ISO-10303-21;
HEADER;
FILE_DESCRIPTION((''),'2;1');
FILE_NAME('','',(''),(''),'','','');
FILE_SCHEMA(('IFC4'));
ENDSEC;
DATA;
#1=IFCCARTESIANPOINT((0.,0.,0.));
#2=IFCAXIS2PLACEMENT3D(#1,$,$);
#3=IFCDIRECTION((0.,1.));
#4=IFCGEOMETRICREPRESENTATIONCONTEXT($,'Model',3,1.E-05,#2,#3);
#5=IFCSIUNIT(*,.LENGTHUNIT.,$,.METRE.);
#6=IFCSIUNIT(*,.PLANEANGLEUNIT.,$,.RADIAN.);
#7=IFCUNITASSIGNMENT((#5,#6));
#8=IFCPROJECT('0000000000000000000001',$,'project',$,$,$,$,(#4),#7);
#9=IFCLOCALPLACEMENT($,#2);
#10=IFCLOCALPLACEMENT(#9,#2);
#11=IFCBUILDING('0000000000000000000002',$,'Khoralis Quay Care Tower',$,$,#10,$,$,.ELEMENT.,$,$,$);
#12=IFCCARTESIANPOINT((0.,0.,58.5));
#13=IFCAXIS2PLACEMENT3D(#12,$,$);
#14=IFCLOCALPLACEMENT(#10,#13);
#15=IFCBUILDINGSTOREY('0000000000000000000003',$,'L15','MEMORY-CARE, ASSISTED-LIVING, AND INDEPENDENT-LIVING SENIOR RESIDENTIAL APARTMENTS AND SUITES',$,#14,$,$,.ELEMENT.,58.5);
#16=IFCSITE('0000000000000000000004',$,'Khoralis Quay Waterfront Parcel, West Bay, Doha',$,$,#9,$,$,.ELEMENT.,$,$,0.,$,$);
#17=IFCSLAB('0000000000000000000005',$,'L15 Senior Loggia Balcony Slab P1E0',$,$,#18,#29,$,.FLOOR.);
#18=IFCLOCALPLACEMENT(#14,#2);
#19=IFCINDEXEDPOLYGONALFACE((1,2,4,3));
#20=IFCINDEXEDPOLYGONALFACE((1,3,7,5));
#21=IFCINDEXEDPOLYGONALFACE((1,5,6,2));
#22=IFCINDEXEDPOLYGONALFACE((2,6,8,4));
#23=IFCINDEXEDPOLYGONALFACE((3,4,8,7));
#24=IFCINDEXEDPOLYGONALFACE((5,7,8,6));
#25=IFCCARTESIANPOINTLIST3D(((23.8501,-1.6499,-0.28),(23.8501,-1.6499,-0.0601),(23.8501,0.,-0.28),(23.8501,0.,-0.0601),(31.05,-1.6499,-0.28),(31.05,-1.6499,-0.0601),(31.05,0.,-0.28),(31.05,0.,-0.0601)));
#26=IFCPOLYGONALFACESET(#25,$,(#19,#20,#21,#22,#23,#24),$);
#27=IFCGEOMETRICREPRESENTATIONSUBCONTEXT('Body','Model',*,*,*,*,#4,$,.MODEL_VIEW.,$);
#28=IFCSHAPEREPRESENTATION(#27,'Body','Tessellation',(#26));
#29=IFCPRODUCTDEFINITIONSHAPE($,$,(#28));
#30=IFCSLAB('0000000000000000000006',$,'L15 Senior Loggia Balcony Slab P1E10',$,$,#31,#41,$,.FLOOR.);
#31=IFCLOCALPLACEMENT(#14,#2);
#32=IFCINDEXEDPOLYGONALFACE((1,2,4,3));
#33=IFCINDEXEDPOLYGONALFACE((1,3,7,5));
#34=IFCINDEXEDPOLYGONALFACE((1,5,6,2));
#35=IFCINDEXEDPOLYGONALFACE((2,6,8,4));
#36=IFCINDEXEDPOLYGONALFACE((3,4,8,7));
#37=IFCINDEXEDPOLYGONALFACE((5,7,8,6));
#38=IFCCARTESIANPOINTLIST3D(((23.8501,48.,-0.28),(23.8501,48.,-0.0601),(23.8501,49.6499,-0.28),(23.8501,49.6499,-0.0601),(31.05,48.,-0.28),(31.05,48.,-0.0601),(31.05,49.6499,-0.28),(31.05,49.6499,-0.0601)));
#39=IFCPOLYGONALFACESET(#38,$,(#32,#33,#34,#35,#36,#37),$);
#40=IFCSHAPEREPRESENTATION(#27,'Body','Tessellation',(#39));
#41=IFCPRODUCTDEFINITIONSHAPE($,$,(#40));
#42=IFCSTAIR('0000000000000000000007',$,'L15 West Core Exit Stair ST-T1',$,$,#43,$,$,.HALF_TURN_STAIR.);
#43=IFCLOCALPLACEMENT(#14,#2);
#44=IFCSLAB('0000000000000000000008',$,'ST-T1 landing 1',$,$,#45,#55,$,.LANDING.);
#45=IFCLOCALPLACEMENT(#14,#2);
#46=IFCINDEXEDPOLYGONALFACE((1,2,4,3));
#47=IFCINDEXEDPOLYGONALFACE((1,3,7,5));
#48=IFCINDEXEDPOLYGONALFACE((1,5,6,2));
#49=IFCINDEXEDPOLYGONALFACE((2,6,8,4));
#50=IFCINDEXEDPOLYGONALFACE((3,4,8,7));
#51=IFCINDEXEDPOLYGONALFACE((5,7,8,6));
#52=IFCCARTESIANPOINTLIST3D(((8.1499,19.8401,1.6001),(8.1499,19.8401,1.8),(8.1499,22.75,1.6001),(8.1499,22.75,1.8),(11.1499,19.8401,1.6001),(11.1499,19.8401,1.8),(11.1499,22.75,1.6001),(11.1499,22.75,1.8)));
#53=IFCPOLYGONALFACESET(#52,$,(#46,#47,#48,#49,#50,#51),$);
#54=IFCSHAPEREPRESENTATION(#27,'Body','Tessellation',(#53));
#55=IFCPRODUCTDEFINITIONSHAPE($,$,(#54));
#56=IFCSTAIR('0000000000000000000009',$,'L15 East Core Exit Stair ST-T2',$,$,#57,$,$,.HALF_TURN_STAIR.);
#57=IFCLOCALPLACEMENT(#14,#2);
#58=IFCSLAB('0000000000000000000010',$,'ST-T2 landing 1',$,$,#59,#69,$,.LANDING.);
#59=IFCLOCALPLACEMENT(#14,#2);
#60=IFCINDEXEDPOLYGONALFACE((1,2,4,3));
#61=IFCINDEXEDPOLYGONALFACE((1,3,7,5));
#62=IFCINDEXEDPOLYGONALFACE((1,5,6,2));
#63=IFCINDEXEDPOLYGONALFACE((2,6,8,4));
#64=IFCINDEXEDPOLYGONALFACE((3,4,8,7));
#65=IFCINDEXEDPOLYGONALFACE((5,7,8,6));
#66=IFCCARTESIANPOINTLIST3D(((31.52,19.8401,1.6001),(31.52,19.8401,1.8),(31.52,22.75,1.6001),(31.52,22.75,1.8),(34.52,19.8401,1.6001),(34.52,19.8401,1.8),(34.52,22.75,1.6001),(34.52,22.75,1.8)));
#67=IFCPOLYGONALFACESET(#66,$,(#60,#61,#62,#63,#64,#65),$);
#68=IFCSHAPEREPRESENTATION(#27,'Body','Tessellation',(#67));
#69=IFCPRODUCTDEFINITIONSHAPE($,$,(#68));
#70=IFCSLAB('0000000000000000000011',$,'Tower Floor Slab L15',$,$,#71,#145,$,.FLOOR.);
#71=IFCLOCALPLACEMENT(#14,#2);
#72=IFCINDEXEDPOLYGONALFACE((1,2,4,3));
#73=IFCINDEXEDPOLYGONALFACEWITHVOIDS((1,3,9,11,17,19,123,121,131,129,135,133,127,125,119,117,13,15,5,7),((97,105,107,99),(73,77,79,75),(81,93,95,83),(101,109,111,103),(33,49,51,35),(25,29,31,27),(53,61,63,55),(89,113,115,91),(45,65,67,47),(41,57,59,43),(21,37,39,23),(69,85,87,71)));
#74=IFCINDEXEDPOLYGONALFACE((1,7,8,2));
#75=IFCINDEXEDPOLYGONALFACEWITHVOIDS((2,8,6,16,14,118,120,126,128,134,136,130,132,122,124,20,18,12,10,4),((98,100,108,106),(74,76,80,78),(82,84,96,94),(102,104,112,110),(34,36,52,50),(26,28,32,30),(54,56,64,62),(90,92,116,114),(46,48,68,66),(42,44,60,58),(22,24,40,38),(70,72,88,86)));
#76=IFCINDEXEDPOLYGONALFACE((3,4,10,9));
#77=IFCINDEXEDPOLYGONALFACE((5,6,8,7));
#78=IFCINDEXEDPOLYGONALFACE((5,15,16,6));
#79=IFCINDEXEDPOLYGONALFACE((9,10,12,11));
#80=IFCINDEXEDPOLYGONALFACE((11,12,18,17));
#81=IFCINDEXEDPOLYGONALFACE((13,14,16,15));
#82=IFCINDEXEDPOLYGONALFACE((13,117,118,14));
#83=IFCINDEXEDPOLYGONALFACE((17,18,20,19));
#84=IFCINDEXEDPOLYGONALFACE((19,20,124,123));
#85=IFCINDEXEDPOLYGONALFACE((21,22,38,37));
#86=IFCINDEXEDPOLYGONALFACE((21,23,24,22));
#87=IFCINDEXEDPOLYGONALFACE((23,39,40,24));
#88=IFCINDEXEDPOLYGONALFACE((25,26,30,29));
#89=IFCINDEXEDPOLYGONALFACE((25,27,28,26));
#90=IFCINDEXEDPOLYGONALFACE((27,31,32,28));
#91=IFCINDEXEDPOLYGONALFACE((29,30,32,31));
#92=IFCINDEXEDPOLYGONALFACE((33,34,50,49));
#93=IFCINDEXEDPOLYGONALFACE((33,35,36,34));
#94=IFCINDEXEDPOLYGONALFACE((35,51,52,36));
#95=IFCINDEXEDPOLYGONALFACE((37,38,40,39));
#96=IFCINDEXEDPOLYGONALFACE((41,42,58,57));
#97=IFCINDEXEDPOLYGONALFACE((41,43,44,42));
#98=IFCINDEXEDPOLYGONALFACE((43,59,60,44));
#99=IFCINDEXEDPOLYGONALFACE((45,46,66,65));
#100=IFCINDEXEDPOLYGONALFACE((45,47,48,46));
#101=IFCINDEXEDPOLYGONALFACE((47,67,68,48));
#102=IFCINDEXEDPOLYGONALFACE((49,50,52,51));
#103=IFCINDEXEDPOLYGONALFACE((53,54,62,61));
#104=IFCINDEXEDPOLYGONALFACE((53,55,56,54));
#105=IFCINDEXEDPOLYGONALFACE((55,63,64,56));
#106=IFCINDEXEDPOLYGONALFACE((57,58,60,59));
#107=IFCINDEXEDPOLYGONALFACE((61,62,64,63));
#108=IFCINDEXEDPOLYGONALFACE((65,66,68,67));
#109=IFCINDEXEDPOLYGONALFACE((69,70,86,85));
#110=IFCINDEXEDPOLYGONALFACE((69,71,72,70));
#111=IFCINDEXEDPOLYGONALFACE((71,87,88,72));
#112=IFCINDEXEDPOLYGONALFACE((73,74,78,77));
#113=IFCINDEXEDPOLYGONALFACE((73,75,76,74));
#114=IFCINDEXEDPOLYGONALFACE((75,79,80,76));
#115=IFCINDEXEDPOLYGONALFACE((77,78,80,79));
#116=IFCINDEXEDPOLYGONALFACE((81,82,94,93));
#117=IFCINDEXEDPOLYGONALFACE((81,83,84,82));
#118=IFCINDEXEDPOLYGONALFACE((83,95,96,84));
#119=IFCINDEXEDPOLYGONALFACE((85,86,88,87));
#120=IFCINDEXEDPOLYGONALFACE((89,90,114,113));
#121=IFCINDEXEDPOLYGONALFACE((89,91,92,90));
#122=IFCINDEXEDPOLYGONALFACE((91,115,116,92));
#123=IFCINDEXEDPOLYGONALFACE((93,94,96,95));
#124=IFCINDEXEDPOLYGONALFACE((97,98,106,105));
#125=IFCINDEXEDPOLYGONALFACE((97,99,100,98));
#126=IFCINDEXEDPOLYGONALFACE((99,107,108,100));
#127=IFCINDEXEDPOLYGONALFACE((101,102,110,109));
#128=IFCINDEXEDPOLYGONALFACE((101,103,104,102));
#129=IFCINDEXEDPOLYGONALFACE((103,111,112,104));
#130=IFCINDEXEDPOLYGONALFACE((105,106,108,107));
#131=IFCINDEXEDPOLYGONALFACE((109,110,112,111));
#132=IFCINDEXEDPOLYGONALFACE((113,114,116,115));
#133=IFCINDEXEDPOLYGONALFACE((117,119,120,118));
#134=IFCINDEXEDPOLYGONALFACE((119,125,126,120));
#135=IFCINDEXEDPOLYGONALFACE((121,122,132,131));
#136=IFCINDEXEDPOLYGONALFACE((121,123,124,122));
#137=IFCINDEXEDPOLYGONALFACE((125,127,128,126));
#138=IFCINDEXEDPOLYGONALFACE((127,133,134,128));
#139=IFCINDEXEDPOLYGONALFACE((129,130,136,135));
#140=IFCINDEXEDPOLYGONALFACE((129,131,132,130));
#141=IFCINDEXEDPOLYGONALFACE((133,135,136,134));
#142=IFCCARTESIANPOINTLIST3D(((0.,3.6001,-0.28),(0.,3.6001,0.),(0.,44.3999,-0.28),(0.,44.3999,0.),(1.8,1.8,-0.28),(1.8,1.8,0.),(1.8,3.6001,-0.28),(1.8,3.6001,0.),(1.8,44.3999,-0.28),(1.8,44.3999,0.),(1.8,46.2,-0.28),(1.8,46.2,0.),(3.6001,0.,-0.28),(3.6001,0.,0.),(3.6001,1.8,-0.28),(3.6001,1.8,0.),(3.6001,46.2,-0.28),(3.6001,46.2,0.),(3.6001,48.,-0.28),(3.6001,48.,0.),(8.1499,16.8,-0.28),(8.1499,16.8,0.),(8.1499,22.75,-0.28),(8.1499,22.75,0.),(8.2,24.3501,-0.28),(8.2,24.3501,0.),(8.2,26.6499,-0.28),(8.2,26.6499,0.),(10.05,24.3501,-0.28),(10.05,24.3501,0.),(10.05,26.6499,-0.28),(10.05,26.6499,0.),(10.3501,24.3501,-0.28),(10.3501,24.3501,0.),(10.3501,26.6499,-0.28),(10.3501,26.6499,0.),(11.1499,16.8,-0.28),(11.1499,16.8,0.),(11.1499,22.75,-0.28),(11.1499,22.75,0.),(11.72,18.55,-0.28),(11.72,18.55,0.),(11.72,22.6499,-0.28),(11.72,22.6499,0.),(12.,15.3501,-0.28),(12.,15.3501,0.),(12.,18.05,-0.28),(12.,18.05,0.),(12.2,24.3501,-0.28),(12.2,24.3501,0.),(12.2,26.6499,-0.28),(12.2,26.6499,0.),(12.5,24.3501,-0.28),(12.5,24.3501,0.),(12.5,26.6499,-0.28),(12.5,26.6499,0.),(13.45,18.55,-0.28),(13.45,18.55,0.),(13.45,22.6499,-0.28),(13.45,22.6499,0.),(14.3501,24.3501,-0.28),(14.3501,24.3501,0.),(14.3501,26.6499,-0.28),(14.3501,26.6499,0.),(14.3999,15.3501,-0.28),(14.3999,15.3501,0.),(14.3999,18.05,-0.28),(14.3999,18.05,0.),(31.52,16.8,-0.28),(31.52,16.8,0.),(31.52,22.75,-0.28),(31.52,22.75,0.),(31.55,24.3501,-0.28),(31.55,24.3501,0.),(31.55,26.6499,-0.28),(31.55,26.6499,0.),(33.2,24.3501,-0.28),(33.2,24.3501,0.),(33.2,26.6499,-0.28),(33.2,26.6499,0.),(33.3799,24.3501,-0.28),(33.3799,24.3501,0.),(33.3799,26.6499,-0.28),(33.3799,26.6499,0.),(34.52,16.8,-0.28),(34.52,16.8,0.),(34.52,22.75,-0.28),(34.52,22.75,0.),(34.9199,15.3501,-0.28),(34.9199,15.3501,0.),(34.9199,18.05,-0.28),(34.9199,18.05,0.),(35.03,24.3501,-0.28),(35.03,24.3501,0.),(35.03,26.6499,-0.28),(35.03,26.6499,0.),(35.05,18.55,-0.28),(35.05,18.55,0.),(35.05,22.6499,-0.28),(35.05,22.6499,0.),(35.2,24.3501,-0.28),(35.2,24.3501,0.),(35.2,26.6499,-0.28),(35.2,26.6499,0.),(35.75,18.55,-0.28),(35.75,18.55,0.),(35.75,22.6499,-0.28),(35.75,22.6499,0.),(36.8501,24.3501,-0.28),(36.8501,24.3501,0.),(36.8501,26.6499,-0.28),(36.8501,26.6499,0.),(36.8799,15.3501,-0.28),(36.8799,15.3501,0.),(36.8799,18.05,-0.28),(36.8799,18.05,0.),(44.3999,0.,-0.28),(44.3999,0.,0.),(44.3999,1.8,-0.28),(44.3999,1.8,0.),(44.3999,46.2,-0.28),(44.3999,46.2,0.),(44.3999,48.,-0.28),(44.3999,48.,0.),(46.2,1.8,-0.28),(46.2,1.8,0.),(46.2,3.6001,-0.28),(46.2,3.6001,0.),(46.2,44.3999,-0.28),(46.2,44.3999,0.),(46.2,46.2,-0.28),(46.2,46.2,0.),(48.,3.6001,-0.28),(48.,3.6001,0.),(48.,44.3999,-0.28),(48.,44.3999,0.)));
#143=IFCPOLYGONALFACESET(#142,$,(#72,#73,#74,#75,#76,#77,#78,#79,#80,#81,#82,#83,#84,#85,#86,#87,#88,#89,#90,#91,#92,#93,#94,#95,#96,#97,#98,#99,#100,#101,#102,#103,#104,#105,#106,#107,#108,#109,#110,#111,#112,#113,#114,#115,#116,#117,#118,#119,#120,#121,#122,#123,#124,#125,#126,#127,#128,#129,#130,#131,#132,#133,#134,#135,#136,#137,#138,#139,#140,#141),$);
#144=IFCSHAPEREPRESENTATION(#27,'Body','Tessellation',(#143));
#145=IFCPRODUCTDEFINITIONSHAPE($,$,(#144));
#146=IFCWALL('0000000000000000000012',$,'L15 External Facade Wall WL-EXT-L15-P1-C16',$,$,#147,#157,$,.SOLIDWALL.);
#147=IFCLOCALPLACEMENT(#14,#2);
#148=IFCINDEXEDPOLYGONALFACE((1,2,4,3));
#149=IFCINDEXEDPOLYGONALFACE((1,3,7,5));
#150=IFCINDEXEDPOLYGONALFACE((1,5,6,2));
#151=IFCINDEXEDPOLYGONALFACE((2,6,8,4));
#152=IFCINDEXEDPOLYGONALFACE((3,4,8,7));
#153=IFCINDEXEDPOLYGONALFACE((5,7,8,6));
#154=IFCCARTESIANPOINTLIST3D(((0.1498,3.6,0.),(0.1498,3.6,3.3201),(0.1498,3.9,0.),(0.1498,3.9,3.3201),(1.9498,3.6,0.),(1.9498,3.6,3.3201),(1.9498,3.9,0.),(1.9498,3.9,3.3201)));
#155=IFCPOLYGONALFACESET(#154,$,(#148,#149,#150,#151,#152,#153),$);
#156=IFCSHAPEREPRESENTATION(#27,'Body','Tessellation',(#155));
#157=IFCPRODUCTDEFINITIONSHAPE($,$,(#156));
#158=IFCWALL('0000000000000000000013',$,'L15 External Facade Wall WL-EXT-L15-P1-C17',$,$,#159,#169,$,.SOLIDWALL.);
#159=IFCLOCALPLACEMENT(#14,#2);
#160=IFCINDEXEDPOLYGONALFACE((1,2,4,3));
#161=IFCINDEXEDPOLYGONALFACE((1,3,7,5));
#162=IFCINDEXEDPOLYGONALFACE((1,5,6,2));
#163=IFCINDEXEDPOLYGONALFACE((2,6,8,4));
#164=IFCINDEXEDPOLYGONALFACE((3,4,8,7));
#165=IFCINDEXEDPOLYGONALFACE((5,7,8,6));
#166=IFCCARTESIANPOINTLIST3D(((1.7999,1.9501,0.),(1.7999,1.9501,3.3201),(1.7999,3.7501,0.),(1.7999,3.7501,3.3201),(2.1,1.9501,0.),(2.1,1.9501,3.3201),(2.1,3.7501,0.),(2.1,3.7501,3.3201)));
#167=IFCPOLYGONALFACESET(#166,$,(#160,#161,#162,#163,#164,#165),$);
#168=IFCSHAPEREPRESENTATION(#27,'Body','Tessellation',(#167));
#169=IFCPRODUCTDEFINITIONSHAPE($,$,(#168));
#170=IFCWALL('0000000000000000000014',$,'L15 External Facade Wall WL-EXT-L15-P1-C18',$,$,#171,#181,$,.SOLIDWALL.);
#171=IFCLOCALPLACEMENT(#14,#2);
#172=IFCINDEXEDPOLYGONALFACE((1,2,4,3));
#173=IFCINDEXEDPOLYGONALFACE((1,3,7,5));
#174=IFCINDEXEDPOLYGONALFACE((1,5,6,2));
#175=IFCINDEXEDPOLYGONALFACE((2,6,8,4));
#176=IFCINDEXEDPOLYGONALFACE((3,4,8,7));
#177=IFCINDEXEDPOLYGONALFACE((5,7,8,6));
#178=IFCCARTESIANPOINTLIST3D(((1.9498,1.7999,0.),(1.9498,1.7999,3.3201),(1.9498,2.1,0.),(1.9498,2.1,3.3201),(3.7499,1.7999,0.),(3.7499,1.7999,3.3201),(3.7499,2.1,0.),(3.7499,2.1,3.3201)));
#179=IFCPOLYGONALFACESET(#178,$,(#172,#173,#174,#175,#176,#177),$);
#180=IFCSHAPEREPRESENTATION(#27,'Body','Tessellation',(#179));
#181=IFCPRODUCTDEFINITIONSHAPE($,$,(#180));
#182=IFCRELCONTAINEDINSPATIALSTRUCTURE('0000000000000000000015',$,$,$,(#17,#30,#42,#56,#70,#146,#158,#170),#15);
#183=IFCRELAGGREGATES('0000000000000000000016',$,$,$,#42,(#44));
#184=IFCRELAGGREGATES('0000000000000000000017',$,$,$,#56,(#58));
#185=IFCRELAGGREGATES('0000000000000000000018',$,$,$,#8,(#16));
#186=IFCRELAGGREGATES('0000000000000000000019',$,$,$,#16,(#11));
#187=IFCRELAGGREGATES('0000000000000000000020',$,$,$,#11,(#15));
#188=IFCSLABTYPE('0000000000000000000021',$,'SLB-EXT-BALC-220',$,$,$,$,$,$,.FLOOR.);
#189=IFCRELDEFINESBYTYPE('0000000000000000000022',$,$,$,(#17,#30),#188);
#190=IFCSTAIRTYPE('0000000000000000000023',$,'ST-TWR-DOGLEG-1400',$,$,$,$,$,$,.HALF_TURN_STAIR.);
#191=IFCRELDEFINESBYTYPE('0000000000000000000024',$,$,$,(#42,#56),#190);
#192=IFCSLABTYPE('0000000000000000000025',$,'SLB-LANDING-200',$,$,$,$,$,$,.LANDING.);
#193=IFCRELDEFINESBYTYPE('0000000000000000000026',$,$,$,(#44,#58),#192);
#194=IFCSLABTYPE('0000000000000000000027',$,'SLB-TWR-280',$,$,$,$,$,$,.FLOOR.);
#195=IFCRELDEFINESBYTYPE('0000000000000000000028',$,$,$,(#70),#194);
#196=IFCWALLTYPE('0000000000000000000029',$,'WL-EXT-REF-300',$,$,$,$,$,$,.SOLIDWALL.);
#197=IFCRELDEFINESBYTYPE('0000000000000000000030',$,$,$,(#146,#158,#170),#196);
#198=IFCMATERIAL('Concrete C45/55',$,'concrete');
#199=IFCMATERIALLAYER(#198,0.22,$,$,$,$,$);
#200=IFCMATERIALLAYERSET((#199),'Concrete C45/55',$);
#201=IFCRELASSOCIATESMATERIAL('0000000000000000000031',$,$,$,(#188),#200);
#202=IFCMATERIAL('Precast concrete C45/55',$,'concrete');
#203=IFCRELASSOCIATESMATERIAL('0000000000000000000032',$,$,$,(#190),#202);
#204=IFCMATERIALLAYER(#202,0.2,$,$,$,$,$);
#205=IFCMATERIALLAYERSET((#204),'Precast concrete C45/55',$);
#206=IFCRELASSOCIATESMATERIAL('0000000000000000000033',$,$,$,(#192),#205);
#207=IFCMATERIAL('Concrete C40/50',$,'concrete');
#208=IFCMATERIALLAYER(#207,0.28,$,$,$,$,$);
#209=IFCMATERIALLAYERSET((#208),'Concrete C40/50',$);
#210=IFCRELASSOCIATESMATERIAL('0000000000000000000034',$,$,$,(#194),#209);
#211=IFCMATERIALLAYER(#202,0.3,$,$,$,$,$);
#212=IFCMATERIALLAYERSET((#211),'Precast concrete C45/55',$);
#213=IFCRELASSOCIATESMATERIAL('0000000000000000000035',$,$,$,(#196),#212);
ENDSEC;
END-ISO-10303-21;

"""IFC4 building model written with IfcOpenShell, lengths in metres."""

from ifc_helpers import new_model, si_unit, direction, frame, frame_2d, origin, place, context, subcontext, project, spatial, polyline, rectangle, outline, extrude, material, layer, layer_set, type_object, element, aggregate, save


model = new_model("IFC4")

# Units and contexts
model_context = context("Model", 3, precision=1e-05, world=origin(), true_north=direction((0.0, 1.0)))
body_context = subcontext(model_context, "Body", "Model", "MODEL_VIEW")
ifc_project = project(units=[si_unit("LENGTHUNIT", "METRE"), si_unit("PLANEANGLEUNIT", "RADIAN")], contexts=[model_context])

# Site, building, storey
site_placement = place(None, origin())
site = spatial("IfcSite", under=ifc_project, at=site_placement, Name="Khoralis Quay Waterfront Parcel, West Bay, Doha", CompositionType="ELEMENT", RefElevation=0.0)
building_placement = place(site_placement, origin())
building = spatial("IfcBuilding", under=site, at=building_placement, Name="Khoralis Quay Care Tower", CompositionType="ELEMENT")
storey_placement = place(building_placement, frame((0.0, 0.0, 58.5)))
storey = spatial("IfcBuildingStorey", under=building, at=storey_placement, Name="L15", Description="MEMORY-CARE, ASSISTED-LIVING, AND INDEPENDENT-LIVING SENIOR RESIDENTIAL APARTMENTS AND SUITES", CompositionType="ELEMENT", Elevation=58.5)

# Slabs
ifc_material_1 = material(Name="Concrete C45/55", Category="concrete")
ifc_layer_1 = layer(ifc_material_1, 0.22)
ifc_layer_set_1 = layer_set([ifc_layer_1], Name="Concrete C45/55")
slab_type_1 = type_object("IfcSlabType", Name="SLB-EXT-BALC-220", PredefinedType="FLOOR", material=ifc_layer_set_1)
slab_1_placement = place(storey_placement, frame((0.0, 0.0, -0.28)))
element("IfcSlab", 1, at=slab_1_placement, inside=storey, type_object=slab_type_1, Name="L15 Senior Loggia Balcony Slab P1E0", PredefinedType="FLOOR", context=body_context, shape_type="SweptSolid", body=[
    extrude(outline(polyline([(23.8501, -1.6499), (31.05, -1.6499), (31.05, 0.0), (23.8501, 0.0), (23.8501, -1.6499)])), origin(), (0.0, 0.0, 1.0), 0.22),
])
slab_2_placement = place(storey_placement, frame((0.0, 0.0, -0.28)))
element("IfcSlab", 2, at=slab_2_placement, inside=storey, type_object=slab_type_1, Name="L15 Senior Loggia Balcony Slab P1E10", PredefinedType="FLOOR", context=body_context, shape_type="SweptSolid", body=[
    extrude(outline(polyline([(23.8501, 48.0), (31.05, 48.0), (31.05, 49.6499), (23.8501, 49.6499), (23.8501, 48.0)])), origin(), (0.0, 0.0, 1.0), 0.22),
])

# Stairs, slabs
ifc_material_2 = material(Name="Precast concrete C45/55", Category="concrete")
stair_type = type_object("IfcStairType", Name="ST-TWR-DOGLEG-1400", PredefinedType="HALF_TURN_STAIR", material=ifc_material_2)
stair_1_placement = place(storey_placement, origin())
stair_1 = element("IfcStair", 3, at=stair_1_placement, inside=storey, type_object=stair_type, Name="L15 West Core Exit Stair ST-T1", PredefinedType="HALF_TURN_STAIR")
ifc_layer_2 = layer(ifc_material_2, 0.2)
ifc_layer_set_2 = layer_set([ifc_layer_2], Name="Precast concrete C45/55")
slab_type_2 = type_object("IfcSlabType", Name="SLB-LANDING-200", PredefinedType="LANDING", material=ifc_layer_set_2)
slab_3_placement = place(storey_placement, frame((0.0, 0.0, 1.6001)))
slab_3 = element("IfcSlab", 4, at=slab_3_placement, type_object=slab_type_2, Name="ST-T1 landing 1", PredefinedType="LANDING", context=body_context, shape_type="SweptSolid", body=[
    extrude(outline(polyline([(11.1499, 19.8401), (11.1499, 22.75), (8.1499, 22.75), (8.1499, 19.8401), (11.1499, 19.8401)])), origin(), (0.0, 0.0, 1.0), 0.2),
])
aggregate(stair_1, [slab_3])
stair_2_placement = place(storey_placement, origin())
stair_2 = element("IfcStair", 5, at=stair_2_placement, inside=storey, type_object=stair_type, Name="L15 East Core Exit Stair ST-T2", PredefinedType="HALF_TURN_STAIR")
slab_4_placement = place(storey_placement, frame((0.0, 0.0, 1.6001)))
slab_4 = element("IfcSlab", 6, at=slab_4_placement, type_object=slab_type_2, Name="ST-T2 landing 1", PredefinedType="LANDING", context=body_context, shape_type="SweptSolid", body=[
    extrude(outline(polyline([(34.52, 19.8401), (34.52, 22.75), (31.52, 22.75), (31.52, 19.8401), (34.52, 19.8401)])), origin(), (0.0, 0.0, 1.0), 0.2),
])
aggregate(stair_2, [slab_4])

# Slab
ifc_material_3 = material(Name="Concrete C40/50", Category="concrete")
ifc_layer_3 = layer(ifc_material_3, 0.28)
ifc_layer_set_3 = layer_set([ifc_layer_3], Name="Concrete C40/50")
slab_type_3 = type_object("IfcSlabType", Name="SLB-TWR-280", PredefinedType="FLOOR", material=ifc_layer_set_3)
slab_5_placement = place(storey_placement, frame((0.0, 0.0, -0.28)))
element("IfcSlab", 7, at=slab_5_placement, inside=storey, type_object=slab_type_3, Name="Tower Floor Slab L15", PredefinedType="FLOOR", context=body_context, shape_type="SweptSolid", body=[
    extrude(outline(polyline([(3.6001, 0.0), (44.3999, 0.0), (44.3999, 1.8), (46.2, 1.8), (46.2, 3.6001), (48.0, 3.6001), (48.0, 44.3999), (46.2, 44.3999), (46.2, 46.2), (44.3999, 46.2), (44.3999, 48.0), (3.6001, 48.0), (3.6001, 46.2), (1.8, 46.2), (1.8, 44.3999), (0.0, 44.3999), (0.0, 3.6001), (1.8, 3.6001), (1.8, 1.8), (3.6001, 1.8), (3.6001, 0.0)]), holes=[polyline([(11.1499, 16.8), (11.1499, 22.75), (8.1499, 22.75), (8.1499, 16.8), (11.1499, 16.8)]), polyline([(34.52, 16.8), (34.52, 22.75), (31.52, 22.75), (31.52, 16.8), (34.52, 16.8)]), polyline([(12.0, 15.3501), (14.3999, 15.3501), (14.3999, 18.05), (12.0, 18.05), (12.0, 15.3501)]), polyline([(34.9199, 15.3501), (36.8799, 15.3501), (36.8799, 18.05), (34.9199, 18.05), (34.9199, 15.3501)]), polyline([(8.2, 24.3501), (10.05, 24.3501), (10.05, 26.6499), (8.2, 26.6499), (8.2, 24.3501)]), polyline([(31.55, 24.3501), (33.2, 24.3501), (33.2, 26.6499), (31.55, 26.6499), (31.55, 24.3501)]), polyline([(10.3501, 24.3501), (12.2, 24.3501), (12.2, 26.6499), (10.3501, 26.6499), (10.3501, 24.3501)]), polyline([(33.3799, 24.3501), (35.03, 24.3501), (35.03, 26.6499), (33.3799, 26.6499), (33.3799, 24.3501)]), polyline([(12.5, 24.3501), (14.3501, 24.3501), (14.3501, 26.6499), (12.5, 26.6499), (12.5, 24.3501)]), polyline([(35.2, 24.3501), (36.8501, 24.3501), (36.8501, 26.6499), (35.2, 26.6499), (35.2, 24.3501)]), polyline([(11.72, 18.55), (13.45, 18.55), (13.45, 22.6499), (11.72, 22.6499), (11.72, 18.55)]), polyline([(35.05, 18.55), (35.75, 18.55), (35.75, 22.6499), (35.05, 22.6499), (35.05, 18.55)])]), origin(), (0.0, 0.0, 1.0), 0.28),
])

# Shared definitions
ifc_layer_4 = layer(ifc_material_2, 0.3)
ifc_layer_set_4 = layer_set([ifc_layer_4], Name="Precast concrete C45/55")
wall_type_1 = type_object("IfcWallType", Name="WL-EXT-REF-300", PredefinedType="SOLIDWALL", material=ifc_layer_set_4)

# Walls
for number, where, z_axis, x_axis, name in (
    (8, (0.1499, 3.75, 0.0), (0.0, 0.0, 1.0), (1.0, 0.0, 0.0), "L15 External Facade Wall WL-EXT-L15-P1-C16"),
    (9, (1.95, 3.75, 0.0), (0.0, 0.0, 1.0), (0.0, -1.0, 0.0), "L15 External Facade Wall WL-EXT-L15-P1-C17"),
    (10, (1.95, 1.95, 0.0), (0.0, 0.0, 1.0), (1.0, 0.0, 0.0), "L15 External Facade Wall WL-EXT-L15-P1-C18"),
):
    element("IfcWall", number, at=place(storey_placement, frame(where, z_axis=z_axis, x_axis=x_axis)), inside=storey, type_object=wall_type_1, Name=name, PredefinedType="SOLIDWALL", context=body_context, shape_type="SweptSolid", body=[
        extrude(rectangle(XDim=1.8, YDim=0.3, at=frame_2d((0.8999, 0.0))), origin(), (0.0, 0.0, 1.0), 3.3201),
    ])

save(model, "model.ifc")
